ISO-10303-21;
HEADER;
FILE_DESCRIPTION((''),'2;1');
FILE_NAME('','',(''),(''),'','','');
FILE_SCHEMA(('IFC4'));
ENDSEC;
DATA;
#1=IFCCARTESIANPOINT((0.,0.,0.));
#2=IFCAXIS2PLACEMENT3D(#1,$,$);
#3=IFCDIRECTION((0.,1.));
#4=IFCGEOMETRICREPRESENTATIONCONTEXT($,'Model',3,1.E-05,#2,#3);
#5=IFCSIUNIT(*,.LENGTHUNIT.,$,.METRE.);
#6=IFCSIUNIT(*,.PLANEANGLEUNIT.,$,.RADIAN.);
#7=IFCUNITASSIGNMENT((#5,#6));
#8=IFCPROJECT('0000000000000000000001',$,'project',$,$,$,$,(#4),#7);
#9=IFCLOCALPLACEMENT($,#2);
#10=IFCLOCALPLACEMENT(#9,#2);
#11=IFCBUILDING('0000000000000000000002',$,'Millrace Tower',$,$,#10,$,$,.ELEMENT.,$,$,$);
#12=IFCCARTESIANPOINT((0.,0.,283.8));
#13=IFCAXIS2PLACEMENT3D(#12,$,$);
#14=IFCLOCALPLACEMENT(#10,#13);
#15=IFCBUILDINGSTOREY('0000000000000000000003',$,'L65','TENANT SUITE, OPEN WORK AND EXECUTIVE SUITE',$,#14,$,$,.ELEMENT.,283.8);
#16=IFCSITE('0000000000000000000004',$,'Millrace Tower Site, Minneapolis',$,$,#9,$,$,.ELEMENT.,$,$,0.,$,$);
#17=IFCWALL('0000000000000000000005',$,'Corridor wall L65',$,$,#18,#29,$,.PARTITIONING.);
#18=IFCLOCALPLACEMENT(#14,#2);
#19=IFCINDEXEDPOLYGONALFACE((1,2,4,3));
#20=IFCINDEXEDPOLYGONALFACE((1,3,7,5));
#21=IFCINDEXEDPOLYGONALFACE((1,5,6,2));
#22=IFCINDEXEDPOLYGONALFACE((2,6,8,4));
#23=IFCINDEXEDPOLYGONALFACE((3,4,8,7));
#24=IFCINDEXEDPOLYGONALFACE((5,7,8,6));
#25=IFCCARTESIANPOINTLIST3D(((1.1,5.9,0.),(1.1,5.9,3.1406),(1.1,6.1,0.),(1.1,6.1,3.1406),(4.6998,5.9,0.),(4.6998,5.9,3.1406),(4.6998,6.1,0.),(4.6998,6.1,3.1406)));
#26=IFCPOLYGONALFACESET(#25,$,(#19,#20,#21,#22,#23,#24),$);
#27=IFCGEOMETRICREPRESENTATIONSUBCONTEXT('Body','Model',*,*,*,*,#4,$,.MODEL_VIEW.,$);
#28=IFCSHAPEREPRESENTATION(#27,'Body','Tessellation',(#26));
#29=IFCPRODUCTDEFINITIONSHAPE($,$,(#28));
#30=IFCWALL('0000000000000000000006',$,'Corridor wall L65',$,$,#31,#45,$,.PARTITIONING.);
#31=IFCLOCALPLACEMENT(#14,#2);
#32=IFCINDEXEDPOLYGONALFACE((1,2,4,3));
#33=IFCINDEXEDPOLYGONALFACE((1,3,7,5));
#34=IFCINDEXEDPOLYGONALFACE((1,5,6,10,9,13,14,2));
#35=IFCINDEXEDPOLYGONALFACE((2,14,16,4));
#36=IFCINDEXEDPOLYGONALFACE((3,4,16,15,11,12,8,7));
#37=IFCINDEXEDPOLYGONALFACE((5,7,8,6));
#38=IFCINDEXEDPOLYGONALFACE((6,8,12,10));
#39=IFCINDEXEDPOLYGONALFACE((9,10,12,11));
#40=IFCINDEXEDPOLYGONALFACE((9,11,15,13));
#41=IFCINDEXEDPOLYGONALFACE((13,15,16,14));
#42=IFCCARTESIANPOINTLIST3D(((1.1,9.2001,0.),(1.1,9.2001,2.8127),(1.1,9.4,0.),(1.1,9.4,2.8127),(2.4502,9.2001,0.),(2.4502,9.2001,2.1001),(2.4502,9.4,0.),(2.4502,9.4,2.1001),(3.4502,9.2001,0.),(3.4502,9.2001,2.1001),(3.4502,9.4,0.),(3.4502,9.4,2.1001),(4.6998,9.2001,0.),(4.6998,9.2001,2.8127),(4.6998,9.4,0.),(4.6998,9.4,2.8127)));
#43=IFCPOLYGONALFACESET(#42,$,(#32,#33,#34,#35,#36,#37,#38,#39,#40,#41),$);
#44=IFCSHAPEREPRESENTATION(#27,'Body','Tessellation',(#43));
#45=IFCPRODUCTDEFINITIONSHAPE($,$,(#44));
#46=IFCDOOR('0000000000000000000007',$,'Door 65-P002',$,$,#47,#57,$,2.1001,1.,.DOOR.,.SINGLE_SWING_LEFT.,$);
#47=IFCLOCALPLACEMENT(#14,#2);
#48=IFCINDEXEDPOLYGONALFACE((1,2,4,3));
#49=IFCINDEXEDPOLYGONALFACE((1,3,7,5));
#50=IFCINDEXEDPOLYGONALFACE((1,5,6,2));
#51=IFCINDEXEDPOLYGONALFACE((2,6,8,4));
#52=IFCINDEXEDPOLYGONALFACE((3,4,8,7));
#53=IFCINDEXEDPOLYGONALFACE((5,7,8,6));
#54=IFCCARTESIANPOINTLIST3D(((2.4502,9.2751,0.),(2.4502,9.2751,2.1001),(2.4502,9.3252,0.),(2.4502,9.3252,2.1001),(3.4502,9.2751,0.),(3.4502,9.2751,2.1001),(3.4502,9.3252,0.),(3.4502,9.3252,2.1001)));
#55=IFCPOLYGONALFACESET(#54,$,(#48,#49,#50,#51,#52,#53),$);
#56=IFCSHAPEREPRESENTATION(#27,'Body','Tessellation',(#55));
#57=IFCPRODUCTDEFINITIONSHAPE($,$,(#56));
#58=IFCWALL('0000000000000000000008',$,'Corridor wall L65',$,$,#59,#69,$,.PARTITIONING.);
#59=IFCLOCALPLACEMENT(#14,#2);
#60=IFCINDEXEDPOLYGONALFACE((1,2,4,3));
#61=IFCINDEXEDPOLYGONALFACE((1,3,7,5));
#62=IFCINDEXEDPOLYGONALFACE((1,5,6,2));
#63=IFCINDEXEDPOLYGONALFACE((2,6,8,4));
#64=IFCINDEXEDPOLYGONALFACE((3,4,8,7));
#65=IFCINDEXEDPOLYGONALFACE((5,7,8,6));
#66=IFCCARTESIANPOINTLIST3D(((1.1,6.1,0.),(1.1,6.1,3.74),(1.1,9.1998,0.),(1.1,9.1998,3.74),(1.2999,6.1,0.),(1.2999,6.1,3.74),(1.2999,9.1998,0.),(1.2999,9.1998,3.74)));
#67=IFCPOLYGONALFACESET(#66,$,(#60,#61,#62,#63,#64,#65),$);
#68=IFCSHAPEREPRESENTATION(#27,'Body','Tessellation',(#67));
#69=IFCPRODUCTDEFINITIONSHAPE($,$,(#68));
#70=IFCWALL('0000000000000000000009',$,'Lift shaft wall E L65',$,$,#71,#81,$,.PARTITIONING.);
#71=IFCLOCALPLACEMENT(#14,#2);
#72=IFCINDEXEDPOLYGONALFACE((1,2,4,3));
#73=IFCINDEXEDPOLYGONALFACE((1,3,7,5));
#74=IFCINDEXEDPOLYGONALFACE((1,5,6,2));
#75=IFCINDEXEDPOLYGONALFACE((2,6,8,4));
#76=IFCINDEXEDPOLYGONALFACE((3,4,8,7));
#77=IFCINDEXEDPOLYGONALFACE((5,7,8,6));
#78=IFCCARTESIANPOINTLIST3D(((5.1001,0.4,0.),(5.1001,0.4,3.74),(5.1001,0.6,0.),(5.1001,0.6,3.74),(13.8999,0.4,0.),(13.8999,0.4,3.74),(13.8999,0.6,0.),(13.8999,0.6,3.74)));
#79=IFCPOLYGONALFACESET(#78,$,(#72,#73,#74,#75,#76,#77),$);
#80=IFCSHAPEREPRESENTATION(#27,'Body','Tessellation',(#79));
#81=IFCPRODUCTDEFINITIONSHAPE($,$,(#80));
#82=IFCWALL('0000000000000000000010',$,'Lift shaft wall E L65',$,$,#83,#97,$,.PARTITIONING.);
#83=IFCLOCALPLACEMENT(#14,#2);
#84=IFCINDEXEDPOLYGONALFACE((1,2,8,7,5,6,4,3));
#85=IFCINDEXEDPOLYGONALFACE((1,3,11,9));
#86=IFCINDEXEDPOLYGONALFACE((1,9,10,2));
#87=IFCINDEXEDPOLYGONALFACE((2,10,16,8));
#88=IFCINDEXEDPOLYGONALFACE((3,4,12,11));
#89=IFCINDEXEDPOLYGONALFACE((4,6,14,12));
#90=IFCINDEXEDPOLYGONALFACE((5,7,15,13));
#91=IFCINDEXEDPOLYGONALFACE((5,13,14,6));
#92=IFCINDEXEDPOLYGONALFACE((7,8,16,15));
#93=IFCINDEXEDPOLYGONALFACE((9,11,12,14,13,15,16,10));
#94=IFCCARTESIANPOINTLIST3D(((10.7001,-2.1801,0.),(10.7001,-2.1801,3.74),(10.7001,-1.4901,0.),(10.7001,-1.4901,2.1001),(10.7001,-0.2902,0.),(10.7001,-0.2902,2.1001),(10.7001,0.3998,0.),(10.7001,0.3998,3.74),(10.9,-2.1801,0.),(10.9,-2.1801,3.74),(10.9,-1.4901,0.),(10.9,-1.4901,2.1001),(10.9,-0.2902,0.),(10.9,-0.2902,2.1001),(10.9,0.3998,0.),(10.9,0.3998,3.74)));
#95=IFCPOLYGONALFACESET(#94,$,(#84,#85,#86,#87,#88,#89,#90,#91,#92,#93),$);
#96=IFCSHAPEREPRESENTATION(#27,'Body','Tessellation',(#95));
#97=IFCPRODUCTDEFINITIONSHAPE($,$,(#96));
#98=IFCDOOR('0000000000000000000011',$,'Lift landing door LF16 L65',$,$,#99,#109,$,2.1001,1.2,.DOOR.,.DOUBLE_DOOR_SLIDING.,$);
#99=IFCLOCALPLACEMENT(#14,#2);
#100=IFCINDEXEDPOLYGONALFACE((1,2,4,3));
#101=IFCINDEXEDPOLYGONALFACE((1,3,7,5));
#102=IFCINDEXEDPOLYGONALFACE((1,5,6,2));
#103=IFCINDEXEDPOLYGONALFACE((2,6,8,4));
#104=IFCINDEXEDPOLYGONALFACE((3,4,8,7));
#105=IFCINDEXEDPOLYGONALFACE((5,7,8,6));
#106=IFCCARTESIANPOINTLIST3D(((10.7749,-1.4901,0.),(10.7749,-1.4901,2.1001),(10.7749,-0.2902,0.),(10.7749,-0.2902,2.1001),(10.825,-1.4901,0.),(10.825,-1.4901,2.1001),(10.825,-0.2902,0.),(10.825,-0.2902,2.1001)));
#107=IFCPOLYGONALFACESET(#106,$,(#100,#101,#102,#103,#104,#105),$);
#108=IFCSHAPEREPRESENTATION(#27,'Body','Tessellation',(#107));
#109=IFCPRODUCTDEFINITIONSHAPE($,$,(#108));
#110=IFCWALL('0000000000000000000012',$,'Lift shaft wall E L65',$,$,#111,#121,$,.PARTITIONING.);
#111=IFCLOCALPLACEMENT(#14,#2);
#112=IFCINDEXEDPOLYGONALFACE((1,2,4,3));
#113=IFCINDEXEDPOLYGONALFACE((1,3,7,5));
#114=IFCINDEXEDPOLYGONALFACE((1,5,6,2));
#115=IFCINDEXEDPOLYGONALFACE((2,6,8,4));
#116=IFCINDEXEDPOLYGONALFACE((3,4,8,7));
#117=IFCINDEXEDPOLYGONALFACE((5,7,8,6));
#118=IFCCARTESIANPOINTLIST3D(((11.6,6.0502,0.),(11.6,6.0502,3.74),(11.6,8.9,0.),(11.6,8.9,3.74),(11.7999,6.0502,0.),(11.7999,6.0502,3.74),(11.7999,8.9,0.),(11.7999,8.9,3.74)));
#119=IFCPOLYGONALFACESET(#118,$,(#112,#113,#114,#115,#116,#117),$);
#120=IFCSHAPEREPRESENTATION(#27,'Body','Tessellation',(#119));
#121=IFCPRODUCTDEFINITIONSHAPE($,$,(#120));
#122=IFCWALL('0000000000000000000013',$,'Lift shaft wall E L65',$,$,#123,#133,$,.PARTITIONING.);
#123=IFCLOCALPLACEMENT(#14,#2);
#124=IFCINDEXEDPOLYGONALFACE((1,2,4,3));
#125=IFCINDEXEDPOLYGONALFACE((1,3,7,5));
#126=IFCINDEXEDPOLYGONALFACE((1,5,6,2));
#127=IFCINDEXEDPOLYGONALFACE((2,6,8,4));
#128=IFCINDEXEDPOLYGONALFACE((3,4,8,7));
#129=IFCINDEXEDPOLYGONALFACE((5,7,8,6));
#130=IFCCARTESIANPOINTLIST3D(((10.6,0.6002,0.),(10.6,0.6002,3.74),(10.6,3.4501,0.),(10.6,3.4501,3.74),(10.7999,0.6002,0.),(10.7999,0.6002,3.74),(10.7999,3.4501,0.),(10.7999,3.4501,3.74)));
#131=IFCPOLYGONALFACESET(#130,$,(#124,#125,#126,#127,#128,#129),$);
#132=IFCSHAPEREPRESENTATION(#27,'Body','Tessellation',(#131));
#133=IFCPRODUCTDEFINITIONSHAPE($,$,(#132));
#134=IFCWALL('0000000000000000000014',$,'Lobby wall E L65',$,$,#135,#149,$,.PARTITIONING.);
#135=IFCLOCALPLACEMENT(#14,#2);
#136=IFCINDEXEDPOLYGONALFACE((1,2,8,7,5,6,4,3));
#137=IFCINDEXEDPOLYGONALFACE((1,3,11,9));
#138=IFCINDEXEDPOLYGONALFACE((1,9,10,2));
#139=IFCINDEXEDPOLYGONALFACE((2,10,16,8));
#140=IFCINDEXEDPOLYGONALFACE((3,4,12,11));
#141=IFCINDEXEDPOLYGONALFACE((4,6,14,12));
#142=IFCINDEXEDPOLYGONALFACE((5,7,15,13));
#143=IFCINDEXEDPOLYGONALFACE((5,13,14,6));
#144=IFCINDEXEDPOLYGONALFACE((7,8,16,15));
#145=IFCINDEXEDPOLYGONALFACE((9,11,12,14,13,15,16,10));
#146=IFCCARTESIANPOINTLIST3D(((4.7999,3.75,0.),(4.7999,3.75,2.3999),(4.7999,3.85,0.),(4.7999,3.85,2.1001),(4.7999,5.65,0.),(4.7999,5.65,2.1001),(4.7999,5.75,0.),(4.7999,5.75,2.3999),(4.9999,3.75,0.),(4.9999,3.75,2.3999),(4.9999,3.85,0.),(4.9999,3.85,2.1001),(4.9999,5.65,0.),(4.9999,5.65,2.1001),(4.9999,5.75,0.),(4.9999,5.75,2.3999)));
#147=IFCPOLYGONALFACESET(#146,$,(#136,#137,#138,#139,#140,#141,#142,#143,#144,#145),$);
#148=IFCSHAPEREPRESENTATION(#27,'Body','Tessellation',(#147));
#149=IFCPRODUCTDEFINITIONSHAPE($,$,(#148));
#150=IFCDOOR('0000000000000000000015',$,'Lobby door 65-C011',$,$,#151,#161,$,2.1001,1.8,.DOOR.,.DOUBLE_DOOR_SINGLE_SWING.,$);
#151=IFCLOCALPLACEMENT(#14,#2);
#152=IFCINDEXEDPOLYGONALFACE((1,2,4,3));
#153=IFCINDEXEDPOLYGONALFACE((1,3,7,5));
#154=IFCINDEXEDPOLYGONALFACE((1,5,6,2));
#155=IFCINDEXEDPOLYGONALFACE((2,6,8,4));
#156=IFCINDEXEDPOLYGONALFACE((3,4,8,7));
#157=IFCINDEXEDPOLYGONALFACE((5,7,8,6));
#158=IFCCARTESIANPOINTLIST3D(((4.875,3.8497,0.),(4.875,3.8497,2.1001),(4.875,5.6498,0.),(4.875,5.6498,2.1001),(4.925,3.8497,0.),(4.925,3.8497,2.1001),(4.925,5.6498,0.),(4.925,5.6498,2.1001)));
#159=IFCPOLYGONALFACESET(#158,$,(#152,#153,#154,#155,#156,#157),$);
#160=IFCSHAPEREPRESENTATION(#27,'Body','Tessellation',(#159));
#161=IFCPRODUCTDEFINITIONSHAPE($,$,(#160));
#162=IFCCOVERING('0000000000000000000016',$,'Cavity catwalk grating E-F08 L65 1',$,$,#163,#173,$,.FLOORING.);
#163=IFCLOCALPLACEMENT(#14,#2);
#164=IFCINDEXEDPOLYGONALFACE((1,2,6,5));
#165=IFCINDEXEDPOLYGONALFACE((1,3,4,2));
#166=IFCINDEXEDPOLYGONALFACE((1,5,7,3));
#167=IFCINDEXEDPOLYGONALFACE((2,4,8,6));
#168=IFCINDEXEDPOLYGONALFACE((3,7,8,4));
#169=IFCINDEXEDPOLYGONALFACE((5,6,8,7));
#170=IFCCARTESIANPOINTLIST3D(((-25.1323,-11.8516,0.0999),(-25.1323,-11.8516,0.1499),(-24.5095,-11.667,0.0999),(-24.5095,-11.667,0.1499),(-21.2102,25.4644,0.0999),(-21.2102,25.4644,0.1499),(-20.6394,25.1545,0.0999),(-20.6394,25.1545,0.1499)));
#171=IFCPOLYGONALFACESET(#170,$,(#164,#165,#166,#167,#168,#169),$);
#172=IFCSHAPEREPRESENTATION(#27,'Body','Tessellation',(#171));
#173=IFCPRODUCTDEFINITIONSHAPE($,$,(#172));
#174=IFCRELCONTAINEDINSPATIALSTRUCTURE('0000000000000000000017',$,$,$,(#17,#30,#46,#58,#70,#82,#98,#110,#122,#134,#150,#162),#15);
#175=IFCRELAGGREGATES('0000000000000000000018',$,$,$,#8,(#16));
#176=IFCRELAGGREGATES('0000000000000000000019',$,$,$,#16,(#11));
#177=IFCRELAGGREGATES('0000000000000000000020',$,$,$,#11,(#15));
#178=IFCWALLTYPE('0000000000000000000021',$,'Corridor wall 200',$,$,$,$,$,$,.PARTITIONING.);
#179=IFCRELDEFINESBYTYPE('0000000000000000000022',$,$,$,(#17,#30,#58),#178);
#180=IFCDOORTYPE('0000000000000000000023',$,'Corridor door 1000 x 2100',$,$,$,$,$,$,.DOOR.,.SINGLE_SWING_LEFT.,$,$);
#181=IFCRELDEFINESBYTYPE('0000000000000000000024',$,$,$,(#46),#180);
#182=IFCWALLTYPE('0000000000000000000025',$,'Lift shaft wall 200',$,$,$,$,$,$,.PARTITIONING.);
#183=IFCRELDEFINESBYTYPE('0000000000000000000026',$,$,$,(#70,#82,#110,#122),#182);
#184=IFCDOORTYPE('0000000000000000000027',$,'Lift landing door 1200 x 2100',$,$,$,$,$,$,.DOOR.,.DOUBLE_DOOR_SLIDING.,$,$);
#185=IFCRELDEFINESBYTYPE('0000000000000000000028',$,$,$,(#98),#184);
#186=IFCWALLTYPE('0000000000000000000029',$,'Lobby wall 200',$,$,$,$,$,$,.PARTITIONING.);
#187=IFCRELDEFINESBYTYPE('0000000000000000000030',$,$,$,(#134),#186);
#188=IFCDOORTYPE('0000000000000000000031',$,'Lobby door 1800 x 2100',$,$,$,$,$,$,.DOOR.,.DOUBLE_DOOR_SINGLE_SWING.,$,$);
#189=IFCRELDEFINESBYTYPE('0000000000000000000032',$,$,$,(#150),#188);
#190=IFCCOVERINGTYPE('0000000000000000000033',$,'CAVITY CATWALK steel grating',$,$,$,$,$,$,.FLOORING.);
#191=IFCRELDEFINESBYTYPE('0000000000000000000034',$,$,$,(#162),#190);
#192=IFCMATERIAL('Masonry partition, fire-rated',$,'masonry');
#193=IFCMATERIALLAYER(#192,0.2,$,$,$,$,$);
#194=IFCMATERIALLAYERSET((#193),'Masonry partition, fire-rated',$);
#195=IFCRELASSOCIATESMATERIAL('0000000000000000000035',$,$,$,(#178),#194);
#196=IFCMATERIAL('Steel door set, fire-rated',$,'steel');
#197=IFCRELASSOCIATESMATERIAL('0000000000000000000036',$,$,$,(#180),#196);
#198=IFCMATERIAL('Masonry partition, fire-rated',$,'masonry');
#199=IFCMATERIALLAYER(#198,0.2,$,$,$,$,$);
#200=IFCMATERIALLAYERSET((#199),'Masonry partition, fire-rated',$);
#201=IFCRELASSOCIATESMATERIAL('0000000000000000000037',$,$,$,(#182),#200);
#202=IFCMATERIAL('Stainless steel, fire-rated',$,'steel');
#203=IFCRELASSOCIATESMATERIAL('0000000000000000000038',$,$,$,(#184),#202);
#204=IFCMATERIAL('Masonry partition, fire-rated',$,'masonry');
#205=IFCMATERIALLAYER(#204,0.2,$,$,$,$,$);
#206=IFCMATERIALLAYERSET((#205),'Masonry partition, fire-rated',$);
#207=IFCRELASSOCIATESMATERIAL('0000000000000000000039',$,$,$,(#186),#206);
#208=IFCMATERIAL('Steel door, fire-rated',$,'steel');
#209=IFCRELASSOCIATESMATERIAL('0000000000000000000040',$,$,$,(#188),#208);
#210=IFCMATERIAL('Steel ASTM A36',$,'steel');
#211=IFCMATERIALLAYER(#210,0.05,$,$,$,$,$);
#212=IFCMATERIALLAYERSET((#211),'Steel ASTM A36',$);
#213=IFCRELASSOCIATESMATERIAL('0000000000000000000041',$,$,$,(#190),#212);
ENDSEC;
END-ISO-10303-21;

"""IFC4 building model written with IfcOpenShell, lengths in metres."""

from ifc_helpers import new_model, si_unit, direction, frame, frame_2d, origin, place, context, subcontext, project, spatial, polyline, rectangle, outline, extrude, material, layer, layer_set, type_object, element, fill, save


model = new_model("IFC4")

# Units and contexts
model_context = context("Model", 3, precision=1e-05, world=origin(), true_north=direction((0.0, 1.0)))
body_context = subcontext(model_context, "Body", "Model", "MODEL_VIEW")
ifc_project = project(units=[si_unit("LENGTHUNIT", "METRE"), si_unit("PLANEANGLEUNIT", "RADIAN")], contexts=[model_context])

# Site, building, storey
site_placement = place(None, origin())
site = spatial("IfcSite", under=ifc_project, at=site_placement, Name="Millrace Tower Site, Minneapolis", CompositionType="ELEMENT", RefElevation=0.0)
building_placement = place(site_placement, origin())
building = spatial("IfcBuilding", under=site, at=building_placement, Name="Millrace Tower", CompositionType="ELEMENT")
storey_placement = place(building_placement, frame((0.0, 0.0, 283.8)))
storey = spatial("IfcBuildingStorey", under=building, at=storey_placement, Name="L65", Description="TENANT SUITE, OPEN WORK AND EXECUTIVE SUITE", CompositionType="ELEMENT", Elevation=283.8)

# Wall
ifc_material_1 = material(Name="Masonry partition, fire-rated", Category="masonry")
ifc_layer_1 = layer(ifc_material_1, 0.2)
ifc_layer_set_1 = layer_set([ifc_layer_1], Name="Masonry partition, fire-rated")
wall_type_1 = type_object("IfcWallType", Name="Corridor wall 200", PredefinedType="PARTITIONING", material=ifc_layer_set_1)
wall_1_placement = place(storey_placement, frame((1.1001, 6.0, 0.0), z_axis=(0.0, 0.0, 1.0), x_axis=(1.0, 0.0, 0.0)))
element("IfcWall", 1, at=wall_1_placement, inside=storey, type_object=wall_type_1, Name="Corridor wall L65", PredefinedType="PARTITIONING", context=body_context, shape_type="SweptSolid", body=[
    extrude(rectangle(XDim=3.5999, YDim=0.2, at=frame_2d((1.7998, 0.0))), origin(), (0.0, 0.0, 1.0), 3.1406),
])

# Wall, opening, door
wall_2_placement = place(storey_placement, frame((1.1001, 9.3, 0.0), z_axis=(0.0, 0.0, 1.0), x_axis=(1.0, 0.0, 0.0)))
wall_2 = element("IfcWall", 2, at=wall_2_placement, inside=storey, type_object=wall_type_1, Name="Corridor wall L65", PredefinedType="PARTITIONING", context=body_context, shape_type="SweptSolid", body=[
    extrude(rectangle(XDim=3.5999, YDim=0.2, at=frame_2d((1.7998, 0.0))), origin(), (0.0, 0.0, 1.0), 2.8127),
])
opening_1_placement = place(wall_2_placement, frame((1.3501, 0.0, 0.0)))
opening_1 = element("IfcOpeningElement", 3, at=opening_1_placement, cuts=wall_2, PredefinedType="OPENING", context=body_context, shape_type="SweptSolid", body=[
    extrude(rectangle(XDim=1.0, YDim=2.1001, at=frame_2d((0.5, 1.05))), frame((0.0, 0.1099, 0.0), z_axis=(0.0, -1.0, 0.0), x_axis=(1.0, 0.0, 0.0)), (0.0, 0.0, 1.0), 0.22),
])
ifc_material_2 = material(Name="Steel door set, fire-rated", Category="steel")
door_type_1 = type_object("IfcDoorType", Name="Corridor door 1000 x 2100", OperationType="SINGLE_SWING_LEFT", PredefinedType="DOOR", material=ifc_material_2)
door_1_placement = place(opening_1_placement, frame((1.0, 0.0, 0.0), z_axis=(0.0, 0.0, 1.0), x_axis=(-1.0, 0.0, 0.0)))
door_1 = element("IfcDoor", 4, at=door_1_placement, inside=storey, type_object=door_type_1, Name="Door 65-P002", OperationType="SINGLE_SWING_LEFT", OverallHeight=2.1001, OverallWidth=1.0, PredefinedType="DOOR", context=body_context, shape_type="SweptSolid", body=[
    extrude(rectangle(XDim=1.0, YDim=2.1001, at=frame_2d((0.5, 1.05))), frame((0.0, 0.0249, 0.0), z_axis=(0.0, -1.0, 0.0), x_axis=(1.0, 0.0, 0.0)), (0.0, 0.0, 1.0), 0.05),
])
fill(opening_1, door_1)

# Walls
wall_3_placement = place(storey_placement, frame((1.2, 6.1001, 0.0), z_axis=(0.0, 0.0, 1.0), x_axis=(0.0, 1.0, 0.0)))
element("IfcWall", 5, at=wall_3_placement, inside=storey, type_object=wall_type_1, Name="Corridor wall L65", PredefinedType="PARTITIONING", context=body_context, shape_type="SweptSolid", body=[
    extrude(rectangle(XDim=3.0999, YDim=0.2, at=frame_2d((1.5498, 0.0))), origin(), (0.0, 0.0, 1.0), 3.74),
])
ifc_material_3 = material(Name="Masonry partition, fire-rated", Category="masonry")
ifc_layer_2 = layer(ifc_material_3, 0.2)
ifc_layer_set_2 = layer_set([ifc_layer_2], Name="Masonry partition, fire-rated")
wall_type_2 = type_object("IfcWallType", Name="Lift shaft wall 200", PredefinedType="PARTITIONING", material=ifc_layer_set_2)
wall_4_placement = place(storey_placement, frame((13.8999, 0.5, 0.0), z_axis=(0.0, 0.0, 1.0), x_axis=(-1.0, 0.0, 0.0)))
element("IfcWall", 6, at=wall_4_placement, inside=storey, type_object=wall_type_2, Name="Lift shaft wall E L65", PredefinedType="PARTITIONING", context=body_context, shape_type="SweptSolid", body=[
    extrude(rectangle(XDim=8.7998, YDim=0.2, at=frame_2d((4.3999, 0.0))), origin(), (0.0, 0.0, 1.0), 3.74),
])

# Wall, opening, door
wall_5_placement = place(storey_placement, frame((10.8, 0.3999, 0.0), z_axis=(0.0, 0.0, 1.0), x_axis=(0.0, -1.0, 0.0)))
wall_5 = element("IfcWall", 7, at=wall_5_placement, inside=storey, type_object=wall_type_2, Name="Lift shaft wall E L65", PredefinedType="PARTITIONING", context=body_context, shape_type="SweptSolid", body=[
    extrude(rectangle(XDim=2.5798, YDim=0.2, at=frame_2d((1.29, 0.0))), origin(), (0.0, 0.0, 1.0), 3.74),
])
opening_2_placement = place(wall_5_placement, frame((0.6899, 0.0, 0.0)))
opening_2 = element("IfcOpeningElement", 8, at=opening_2_placement, cuts=wall_5, PredefinedType="OPENING", context=body_context, shape_type="SweptSolid", body=[
    extrude(rectangle(XDim=1.2, YDim=2.1001, at=frame_2d((0.6001, 1.05))), frame((0.0, 0.1099, 0.0), z_axis=(0.0, -1.0, 0.0), x_axis=(1.0, 0.0, 0.0)), (0.0, 0.0, 1.0), 0.22),
])
ifc_material_4 = material(Name="Stainless steel, fire-rated", Category="steel")
door_type_2 = type_object("IfcDoorType", Name="Lift landing door 1200 x 2100", OperationType="DOUBLE_DOOR_SLIDING", PredefinedType="DOOR", material=ifc_material_4)
door_2_placement = place(opening_2_placement, origin())
door_2 = element("IfcDoor", 9, at=door_2_placement, inside=storey, type_object=door_type_2, Name="Lift landing door LF16 L65", OperationType="DOUBLE_DOOR_SLIDING", OverallHeight=2.1001, OverallWidth=1.2, PredefinedType="DOOR", context=body_context, shape_type="SweptSolid", body=[
    extrude(rectangle(XDim=1.2, YDim=2.1001, at=frame_2d((0.6001, 1.05))), frame((0.0, 0.0249, 0.0), z_axis=(0.0, -1.0, 0.0), x_axis=(1.0, 0.0, 0.0)), (0.0, 0.0, 1.0), 0.05),
])
fill(opening_2, door_2)

# Walls
for number, where, z_axis, x_axis, name in (
    (10, (11.7, 8.8999, 0.0), (0.0, 0.0, 1.0), (0.0, -1.0, 0.0), "Lift shaft wall E L65"),
    (11, (10.7, 3.45, 0.0), (0.0, 0.0, 1.0), (0.0, -1.0, 0.0), "Lift shaft wall E L65"),
):
    element("IfcWall", number, at=place(storey_placement, frame(where, z_axis=z_axis, x_axis=x_axis)), inside=storey, type_object=wall_type_2, Name=name, PredefinedType="PARTITIONING", context=body_context, shape_type="SweptSolid", body=[
        extrude(rectangle(XDim=2.8499, YDim=0.2, at=frame_2d((1.4248, 0.0))), origin(), (0.0, 0.0, 1.0), 3.74),
    ])

# Wall, opening, door
ifc_material_5 = material(Name="Masonry partition, fire-rated", Category="masonry")
ifc_layer_3 = layer(ifc_material_5, 0.2)
ifc_layer_set_3 = layer_set([ifc_layer_3], Name="Masonry partition, fire-rated")
wall_type_3 = type_object("IfcWallType", Name="Lobby wall 200", PredefinedType="PARTITIONING", material=ifc_layer_set_3)
wall_6_placement = place(storey_placement, frame((4.8999, 5.75, 0.0), z_axis=(0.0, 0.0, 1.0), x_axis=(0.0, -1.0, 0.0)))
wall_6 = element("IfcWall", 12, at=wall_6_placement, inside=storey, type_object=wall_type_3, Name="Lobby wall E L65", PredefinedType="PARTITIONING", context=body_context, shape_type="SweptSolid", body=[
    extrude(rectangle(XDim=2.0, YDim=0.2, at=frame_2d((1.0, 0.0))), origin(), (0.0, 0.0, 1.0), 2.3999),
])
opening_3_placement = place(wall_6_placement, frame((0.1001, 0.0, 0.0)))
opening_3 = element("IfcOpeningElement", 13, at=opening_3_placement, cuts=wall_6, PredefinedType="OPENING", context=body_context, shape_type="SweptSolid", body=[
    extrude(rectangle(XDim=1.8, YDim=2.1001, at=frame_2d((0.8999, 1.05))), frame((0.0, 0.1099, 0.0), z_axis=(0.0, -1.0, 0.0), x_axis=(1.0, 0.0, 0.0)), (0.0, 0.0, 1.0), 0.22),
])
ifc_material_6 = material(Name="Steel door, fire-rated", Category="steel")
door_type_3 = type_object("IfcDoorType", Name="Lobby door 1800 x 2100", OperationType="DOUBLE_DOOR_SINGLE_SWING", PredefinedType="DOOR", material=ifc_material_6)
door_3_placement = place(opening_3_placement, frame((1.8, 0.0, 0.0), z_axis=(0.0, 0.0, 1.0), x_axis=(-1.0, 0.0, 0.0)))
door_3 = element("IfcDoor", 14, at=door_3_placement, inside=storey, type_object=door_type_3, Name="Lobby door 65-C011", OperationType="DOUBLE_DOOR_SINGLE_SWING", OverallHeight=2.1001, OverallWidth=1.8, PredefinedType="DOOR", context=body_context, shape_type="SweptSolid", body=[
    extrude(rectangle(XDim=1.8, YDim=2.1001, at=frame_2d((0.8999, 1.05))), frame((0.0, 0.0249, 0.0), z_axis=(0.0, -1.0, 0.0), x_axis=(1.0, 0.0, 0.0)), (0.0, 0.0, 1.0), 0.05),
])
fill(opening_3, door_3)

# Covering
ifc_material_7 = material(Name="Steel ASTM A36", Category="steel")
ifc_layer_4 = layer(ifc_material_7, 0.05)
ifc_layer_set_4 = layer_set([ifc_layer_4], Name="Steel ASTM A36")
covering_type = type_object("IfcCoveringType", Name="CAVITY CATWALK steel grating", PredefinedType="FLOORING", material=ifc_layer_set_4)
covering_placement = place(storey_placement, frame((0.0, 0.0, 0.0999)))
element("IfcCovering", 15, at=covering_placement, inside=storey, type_object=covering_type, Name="Cavity catwalk grating E-F08 L65 1", PredefinedType="FLOORING", context=body_context, shape_type="SweptSolid", body=[
    extrude(outline(polyline([(-21.2102, 25.4644), (-25.1323, -11.8516), (-24.5095, -11.667), (-20.6394, 25.1545), (-21.2102, 25.4644)])), origin(), (0.0, 0.0, 1.0), 0.05),
])

save(model, "model.ifc")
